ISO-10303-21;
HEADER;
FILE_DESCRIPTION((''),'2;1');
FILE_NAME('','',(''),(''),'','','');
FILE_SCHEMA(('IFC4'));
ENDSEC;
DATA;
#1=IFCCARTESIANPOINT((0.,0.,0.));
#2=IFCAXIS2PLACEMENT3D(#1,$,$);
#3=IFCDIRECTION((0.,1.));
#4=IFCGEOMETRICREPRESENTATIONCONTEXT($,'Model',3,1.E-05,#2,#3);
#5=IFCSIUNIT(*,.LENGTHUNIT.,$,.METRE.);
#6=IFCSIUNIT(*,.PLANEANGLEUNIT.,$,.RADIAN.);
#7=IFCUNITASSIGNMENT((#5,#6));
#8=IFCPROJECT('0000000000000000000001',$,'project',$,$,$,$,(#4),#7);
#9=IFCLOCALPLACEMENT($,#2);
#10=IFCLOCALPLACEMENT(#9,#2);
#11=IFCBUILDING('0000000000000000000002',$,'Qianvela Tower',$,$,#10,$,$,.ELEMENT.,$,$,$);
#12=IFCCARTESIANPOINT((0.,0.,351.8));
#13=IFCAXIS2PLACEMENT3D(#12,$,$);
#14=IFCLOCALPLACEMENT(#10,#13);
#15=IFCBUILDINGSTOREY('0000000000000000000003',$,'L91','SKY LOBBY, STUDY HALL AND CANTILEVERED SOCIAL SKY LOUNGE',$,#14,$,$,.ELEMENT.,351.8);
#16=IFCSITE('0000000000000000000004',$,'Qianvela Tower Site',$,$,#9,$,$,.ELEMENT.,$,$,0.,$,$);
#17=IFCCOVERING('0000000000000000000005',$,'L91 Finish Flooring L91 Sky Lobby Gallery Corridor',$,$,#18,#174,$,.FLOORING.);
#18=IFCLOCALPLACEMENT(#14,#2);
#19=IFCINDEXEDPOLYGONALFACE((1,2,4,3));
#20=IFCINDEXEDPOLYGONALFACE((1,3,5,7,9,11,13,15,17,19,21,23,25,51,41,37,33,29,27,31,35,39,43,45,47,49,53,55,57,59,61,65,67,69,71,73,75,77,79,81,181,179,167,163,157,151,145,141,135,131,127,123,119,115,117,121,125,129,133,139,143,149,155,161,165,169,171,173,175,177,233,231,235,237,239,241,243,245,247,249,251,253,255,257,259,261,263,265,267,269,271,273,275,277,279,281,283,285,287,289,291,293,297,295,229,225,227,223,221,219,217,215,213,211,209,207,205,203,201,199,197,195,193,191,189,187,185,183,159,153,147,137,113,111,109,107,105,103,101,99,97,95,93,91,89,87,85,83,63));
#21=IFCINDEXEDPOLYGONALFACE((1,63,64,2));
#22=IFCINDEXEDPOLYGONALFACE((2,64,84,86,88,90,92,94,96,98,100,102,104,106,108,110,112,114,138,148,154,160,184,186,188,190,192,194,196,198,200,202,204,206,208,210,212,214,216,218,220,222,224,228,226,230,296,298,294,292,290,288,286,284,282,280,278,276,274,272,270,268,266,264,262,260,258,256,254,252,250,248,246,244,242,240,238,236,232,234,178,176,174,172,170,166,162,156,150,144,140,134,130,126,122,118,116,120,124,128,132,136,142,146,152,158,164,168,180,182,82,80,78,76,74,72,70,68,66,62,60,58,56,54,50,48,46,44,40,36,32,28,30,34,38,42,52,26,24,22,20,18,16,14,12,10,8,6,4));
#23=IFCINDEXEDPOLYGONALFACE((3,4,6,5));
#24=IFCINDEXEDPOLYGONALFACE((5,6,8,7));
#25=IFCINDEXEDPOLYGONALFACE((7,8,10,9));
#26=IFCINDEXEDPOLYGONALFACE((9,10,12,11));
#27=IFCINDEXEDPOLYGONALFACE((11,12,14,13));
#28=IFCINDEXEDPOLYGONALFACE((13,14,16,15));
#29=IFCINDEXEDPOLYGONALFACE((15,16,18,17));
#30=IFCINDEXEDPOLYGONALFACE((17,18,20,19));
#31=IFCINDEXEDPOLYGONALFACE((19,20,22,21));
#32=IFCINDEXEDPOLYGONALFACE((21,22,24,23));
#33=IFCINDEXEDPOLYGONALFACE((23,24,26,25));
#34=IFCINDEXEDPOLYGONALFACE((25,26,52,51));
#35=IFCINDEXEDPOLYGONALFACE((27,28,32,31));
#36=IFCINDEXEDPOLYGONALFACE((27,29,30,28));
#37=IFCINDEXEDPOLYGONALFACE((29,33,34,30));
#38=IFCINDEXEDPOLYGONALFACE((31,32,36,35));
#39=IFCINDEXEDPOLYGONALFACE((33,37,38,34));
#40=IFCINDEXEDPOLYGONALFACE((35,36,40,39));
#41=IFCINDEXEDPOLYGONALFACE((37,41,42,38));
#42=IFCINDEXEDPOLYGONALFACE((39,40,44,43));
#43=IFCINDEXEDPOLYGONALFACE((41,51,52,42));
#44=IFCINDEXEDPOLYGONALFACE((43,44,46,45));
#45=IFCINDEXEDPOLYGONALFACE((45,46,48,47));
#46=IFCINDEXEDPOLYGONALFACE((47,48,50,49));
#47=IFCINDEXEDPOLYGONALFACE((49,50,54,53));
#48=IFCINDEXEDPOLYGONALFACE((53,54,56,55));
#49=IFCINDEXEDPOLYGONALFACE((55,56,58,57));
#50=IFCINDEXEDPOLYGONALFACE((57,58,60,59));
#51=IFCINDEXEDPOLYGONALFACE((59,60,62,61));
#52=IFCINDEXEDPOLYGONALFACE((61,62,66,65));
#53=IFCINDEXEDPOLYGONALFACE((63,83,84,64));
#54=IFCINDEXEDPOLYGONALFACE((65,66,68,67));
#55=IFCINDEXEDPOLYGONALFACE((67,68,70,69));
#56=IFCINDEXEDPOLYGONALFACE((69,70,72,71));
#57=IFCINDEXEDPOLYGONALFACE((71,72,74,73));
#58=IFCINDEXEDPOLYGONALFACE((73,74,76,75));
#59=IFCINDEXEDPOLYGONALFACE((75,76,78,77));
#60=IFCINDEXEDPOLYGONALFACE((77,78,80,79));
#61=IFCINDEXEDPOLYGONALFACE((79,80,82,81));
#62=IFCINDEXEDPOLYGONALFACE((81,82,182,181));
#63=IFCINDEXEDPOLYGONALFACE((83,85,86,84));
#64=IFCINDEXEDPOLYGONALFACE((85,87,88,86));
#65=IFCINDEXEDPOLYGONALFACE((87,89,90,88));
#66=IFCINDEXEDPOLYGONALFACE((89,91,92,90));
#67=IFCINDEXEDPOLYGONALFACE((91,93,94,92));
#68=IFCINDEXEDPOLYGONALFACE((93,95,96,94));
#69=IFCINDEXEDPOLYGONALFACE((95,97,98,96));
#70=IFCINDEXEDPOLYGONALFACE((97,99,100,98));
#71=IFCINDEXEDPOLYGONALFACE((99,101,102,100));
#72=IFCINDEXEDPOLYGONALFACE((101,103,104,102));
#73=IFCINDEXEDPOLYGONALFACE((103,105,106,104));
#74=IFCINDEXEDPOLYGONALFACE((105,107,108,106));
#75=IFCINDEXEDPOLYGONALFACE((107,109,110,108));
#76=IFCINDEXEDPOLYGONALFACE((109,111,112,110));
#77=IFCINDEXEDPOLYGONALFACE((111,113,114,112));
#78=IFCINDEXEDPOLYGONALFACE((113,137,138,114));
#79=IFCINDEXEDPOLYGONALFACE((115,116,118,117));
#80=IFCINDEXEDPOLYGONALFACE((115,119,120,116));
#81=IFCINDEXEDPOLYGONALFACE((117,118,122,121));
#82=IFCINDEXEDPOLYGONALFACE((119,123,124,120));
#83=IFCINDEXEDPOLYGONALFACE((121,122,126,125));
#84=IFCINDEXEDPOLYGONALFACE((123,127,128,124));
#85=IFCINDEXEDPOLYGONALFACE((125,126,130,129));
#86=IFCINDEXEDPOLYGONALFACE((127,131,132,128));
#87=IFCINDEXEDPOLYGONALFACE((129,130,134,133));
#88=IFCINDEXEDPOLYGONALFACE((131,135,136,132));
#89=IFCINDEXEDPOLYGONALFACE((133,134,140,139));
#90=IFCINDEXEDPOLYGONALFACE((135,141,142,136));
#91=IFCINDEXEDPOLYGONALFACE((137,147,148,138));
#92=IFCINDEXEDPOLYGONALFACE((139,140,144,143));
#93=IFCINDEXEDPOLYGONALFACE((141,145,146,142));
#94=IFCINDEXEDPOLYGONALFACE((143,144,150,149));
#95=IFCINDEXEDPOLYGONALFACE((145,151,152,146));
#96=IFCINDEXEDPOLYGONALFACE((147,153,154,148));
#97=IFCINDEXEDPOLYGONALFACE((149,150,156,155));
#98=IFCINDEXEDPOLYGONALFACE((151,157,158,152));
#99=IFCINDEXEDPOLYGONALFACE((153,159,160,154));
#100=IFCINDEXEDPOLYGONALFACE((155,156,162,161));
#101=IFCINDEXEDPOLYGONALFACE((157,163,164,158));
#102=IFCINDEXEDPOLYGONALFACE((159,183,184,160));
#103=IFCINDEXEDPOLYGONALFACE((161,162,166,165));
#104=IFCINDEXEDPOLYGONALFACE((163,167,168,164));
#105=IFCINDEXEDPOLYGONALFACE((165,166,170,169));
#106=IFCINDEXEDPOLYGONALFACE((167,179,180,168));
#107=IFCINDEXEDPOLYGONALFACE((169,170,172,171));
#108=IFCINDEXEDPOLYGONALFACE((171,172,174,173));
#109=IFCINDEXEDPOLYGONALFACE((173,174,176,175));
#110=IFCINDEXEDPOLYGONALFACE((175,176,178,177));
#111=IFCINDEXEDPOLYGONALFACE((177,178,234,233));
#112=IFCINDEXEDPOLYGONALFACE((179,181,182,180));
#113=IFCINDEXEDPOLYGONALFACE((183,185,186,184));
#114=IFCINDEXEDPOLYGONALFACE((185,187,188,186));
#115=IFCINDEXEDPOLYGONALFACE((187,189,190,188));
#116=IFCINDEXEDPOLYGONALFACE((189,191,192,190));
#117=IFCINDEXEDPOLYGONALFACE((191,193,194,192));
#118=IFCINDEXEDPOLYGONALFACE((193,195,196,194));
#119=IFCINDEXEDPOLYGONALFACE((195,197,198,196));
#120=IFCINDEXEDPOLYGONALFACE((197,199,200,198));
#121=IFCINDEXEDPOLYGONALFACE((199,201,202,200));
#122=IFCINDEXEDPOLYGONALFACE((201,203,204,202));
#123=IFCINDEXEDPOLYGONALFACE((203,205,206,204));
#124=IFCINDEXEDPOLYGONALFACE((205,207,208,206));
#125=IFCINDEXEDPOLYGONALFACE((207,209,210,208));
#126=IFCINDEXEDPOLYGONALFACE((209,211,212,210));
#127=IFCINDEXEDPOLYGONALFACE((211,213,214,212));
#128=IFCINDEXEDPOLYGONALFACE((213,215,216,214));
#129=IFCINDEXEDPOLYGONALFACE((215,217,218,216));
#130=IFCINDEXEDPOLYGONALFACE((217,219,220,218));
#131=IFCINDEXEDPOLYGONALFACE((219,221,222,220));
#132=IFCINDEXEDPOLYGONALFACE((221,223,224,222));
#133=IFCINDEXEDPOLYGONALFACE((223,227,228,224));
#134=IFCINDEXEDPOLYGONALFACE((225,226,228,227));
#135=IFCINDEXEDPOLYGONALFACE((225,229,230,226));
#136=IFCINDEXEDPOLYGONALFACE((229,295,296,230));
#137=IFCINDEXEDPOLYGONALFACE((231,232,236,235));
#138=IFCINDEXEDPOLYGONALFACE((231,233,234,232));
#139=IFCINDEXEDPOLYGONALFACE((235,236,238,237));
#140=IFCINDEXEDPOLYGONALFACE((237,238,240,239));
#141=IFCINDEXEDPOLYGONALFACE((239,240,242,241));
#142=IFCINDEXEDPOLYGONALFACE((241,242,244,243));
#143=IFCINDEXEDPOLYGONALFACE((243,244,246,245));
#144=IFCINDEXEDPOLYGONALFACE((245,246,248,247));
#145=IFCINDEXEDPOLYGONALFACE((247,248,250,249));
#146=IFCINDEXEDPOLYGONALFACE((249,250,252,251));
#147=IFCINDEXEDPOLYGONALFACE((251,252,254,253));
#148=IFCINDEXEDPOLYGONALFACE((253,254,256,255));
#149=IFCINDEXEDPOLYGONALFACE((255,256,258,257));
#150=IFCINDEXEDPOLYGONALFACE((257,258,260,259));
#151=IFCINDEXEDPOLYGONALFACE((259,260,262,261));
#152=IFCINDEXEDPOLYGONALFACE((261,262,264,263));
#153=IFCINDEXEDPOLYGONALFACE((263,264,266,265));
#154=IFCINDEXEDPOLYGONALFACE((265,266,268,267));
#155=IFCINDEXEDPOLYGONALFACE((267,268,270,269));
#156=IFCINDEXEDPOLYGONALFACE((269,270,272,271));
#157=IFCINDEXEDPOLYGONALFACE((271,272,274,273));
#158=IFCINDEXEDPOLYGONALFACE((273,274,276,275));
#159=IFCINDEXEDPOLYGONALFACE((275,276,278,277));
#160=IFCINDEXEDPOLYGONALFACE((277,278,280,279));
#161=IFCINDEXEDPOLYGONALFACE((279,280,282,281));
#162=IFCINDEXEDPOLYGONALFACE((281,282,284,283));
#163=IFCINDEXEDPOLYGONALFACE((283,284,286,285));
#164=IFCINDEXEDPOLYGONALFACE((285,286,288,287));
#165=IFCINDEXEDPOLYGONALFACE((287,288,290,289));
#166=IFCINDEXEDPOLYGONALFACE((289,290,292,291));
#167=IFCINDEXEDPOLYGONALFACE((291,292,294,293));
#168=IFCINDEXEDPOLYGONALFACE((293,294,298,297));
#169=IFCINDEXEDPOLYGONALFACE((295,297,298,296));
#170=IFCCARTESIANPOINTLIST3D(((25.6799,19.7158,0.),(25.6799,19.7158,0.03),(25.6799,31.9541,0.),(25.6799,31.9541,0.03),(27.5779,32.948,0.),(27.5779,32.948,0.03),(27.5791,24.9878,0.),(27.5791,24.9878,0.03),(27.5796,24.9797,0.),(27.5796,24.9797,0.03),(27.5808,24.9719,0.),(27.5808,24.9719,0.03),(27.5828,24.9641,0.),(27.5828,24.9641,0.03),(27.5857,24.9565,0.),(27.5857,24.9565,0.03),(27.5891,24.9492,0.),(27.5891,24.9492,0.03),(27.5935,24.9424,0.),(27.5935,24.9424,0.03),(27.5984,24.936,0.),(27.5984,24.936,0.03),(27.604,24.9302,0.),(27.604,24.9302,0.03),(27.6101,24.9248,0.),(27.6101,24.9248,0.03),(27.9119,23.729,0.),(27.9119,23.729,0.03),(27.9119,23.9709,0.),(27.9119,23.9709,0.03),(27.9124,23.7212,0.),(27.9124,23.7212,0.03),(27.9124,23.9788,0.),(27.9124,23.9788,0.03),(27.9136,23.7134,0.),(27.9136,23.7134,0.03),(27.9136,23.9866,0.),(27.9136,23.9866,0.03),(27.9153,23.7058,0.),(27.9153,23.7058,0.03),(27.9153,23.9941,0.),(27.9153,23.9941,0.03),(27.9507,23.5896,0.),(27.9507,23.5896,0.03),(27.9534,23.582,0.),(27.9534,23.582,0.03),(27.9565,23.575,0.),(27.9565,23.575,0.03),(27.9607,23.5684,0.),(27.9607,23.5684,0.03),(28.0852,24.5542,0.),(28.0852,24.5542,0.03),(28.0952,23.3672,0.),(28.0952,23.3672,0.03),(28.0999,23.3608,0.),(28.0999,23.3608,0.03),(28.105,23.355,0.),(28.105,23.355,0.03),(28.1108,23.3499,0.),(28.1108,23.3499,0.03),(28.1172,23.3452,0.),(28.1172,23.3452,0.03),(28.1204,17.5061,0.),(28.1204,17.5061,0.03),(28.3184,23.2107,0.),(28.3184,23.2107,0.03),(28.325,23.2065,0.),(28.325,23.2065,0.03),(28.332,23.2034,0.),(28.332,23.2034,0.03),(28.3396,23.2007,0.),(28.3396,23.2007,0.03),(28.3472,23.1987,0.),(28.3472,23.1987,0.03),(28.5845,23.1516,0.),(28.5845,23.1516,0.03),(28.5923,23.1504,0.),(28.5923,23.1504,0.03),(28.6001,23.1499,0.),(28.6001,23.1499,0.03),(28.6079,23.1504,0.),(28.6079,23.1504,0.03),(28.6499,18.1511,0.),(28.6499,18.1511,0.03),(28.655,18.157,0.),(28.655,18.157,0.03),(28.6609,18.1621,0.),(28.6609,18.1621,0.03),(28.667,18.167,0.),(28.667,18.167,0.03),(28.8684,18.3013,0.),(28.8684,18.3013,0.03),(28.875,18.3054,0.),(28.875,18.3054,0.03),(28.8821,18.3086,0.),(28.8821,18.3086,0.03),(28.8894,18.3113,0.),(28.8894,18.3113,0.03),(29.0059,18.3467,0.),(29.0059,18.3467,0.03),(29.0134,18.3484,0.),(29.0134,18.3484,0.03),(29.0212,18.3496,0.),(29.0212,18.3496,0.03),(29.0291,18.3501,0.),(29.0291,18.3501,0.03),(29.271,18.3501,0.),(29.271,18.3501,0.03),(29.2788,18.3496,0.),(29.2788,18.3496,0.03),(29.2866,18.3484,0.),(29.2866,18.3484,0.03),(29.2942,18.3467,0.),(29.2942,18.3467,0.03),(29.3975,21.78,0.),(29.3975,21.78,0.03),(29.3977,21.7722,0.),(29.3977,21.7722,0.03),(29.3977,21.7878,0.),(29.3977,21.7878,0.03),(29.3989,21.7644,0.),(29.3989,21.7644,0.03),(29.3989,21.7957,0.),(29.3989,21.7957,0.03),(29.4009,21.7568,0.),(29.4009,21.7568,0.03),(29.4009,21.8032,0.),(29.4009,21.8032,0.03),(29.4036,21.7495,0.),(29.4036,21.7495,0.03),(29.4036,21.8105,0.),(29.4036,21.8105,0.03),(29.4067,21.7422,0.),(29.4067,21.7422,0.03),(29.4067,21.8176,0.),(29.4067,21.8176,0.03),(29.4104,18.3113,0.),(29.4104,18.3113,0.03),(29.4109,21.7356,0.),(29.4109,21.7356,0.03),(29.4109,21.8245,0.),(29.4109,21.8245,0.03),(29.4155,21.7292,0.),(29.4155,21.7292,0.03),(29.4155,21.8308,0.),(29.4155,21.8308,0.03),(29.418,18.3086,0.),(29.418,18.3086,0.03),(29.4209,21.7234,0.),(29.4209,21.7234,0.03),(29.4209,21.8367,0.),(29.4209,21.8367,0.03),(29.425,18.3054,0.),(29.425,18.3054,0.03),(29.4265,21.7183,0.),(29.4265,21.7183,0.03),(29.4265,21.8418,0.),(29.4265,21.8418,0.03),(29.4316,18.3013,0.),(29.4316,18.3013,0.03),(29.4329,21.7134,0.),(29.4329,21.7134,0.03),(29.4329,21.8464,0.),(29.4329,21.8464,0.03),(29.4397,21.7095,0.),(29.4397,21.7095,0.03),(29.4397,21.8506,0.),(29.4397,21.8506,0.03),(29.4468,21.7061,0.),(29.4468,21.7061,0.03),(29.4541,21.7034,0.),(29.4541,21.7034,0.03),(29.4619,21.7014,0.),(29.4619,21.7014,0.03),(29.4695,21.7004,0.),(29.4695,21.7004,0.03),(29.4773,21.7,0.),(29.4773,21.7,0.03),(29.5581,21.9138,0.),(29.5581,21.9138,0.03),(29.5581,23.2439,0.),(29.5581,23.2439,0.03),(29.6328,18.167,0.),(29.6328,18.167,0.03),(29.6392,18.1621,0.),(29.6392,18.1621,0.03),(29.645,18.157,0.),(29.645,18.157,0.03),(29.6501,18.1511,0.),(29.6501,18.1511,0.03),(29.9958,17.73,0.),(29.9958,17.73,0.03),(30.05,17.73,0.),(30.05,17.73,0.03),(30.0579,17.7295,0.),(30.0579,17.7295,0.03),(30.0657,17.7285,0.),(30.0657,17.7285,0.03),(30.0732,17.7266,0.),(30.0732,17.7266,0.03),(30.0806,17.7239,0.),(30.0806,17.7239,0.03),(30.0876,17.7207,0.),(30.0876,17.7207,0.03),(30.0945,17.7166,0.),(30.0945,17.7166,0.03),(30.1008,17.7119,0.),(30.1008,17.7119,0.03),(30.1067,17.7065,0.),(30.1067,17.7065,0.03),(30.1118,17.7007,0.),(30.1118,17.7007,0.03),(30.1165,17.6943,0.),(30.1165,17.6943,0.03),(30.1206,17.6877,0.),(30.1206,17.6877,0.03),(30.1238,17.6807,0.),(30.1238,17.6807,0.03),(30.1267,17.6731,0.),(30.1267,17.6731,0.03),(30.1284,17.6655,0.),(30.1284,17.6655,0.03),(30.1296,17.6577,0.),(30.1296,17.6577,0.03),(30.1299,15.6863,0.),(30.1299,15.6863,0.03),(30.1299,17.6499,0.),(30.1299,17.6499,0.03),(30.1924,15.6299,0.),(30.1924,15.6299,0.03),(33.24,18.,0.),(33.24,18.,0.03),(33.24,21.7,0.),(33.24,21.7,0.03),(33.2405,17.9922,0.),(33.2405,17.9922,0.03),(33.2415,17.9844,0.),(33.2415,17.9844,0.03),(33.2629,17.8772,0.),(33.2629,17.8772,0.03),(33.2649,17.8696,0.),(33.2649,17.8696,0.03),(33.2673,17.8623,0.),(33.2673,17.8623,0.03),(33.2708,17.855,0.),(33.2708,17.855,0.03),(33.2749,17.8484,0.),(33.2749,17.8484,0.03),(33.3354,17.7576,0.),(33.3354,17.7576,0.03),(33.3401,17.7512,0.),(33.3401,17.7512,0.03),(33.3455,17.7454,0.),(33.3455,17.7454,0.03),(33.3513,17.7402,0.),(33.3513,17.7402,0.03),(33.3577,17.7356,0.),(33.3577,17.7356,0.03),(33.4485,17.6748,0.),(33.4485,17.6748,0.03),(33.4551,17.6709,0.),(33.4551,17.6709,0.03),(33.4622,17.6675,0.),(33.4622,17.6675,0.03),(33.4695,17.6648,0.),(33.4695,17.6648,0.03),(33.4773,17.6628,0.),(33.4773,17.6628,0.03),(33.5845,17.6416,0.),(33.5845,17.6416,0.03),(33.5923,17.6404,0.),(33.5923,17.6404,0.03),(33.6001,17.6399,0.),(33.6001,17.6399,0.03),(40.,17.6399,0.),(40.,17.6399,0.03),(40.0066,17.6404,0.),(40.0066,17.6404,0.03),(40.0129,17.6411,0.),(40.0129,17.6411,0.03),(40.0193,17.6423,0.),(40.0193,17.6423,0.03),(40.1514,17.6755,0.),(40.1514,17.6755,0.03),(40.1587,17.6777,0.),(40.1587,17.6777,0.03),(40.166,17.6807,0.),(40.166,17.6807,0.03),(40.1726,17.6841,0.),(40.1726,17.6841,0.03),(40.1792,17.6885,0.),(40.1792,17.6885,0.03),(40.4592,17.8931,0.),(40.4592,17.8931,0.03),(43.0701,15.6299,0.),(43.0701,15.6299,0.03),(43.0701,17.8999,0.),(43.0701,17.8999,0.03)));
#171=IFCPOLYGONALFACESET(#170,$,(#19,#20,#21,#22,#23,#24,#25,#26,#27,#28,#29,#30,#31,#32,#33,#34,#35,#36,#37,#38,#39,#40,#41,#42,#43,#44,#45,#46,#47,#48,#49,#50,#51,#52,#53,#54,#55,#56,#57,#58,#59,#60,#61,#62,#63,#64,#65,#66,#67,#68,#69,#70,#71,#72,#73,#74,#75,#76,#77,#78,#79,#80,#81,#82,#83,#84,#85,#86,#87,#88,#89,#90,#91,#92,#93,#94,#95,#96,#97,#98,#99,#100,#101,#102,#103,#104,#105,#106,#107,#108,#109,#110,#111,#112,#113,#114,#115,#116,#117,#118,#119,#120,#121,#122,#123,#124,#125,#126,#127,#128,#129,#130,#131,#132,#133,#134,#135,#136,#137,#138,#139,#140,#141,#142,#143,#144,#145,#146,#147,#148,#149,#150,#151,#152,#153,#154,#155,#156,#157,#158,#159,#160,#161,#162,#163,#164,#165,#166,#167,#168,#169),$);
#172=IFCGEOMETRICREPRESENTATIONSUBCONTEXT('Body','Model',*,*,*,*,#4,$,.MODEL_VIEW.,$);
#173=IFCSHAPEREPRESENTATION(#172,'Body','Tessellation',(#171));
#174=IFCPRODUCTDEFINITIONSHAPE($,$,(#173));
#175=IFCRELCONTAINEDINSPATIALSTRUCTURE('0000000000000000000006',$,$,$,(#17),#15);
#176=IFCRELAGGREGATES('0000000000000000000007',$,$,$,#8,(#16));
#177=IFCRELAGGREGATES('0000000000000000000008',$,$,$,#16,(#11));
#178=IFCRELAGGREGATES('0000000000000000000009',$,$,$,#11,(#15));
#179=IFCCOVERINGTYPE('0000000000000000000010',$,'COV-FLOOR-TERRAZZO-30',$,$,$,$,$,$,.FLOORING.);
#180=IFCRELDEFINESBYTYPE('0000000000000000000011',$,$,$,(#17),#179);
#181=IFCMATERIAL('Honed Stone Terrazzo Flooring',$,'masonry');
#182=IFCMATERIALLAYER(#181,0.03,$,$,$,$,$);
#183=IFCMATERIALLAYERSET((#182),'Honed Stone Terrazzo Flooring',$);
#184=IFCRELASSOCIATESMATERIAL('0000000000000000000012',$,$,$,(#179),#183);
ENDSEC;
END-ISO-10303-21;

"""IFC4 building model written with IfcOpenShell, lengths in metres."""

from ifc_helpers import new_model, si_unit, direction, frame, origin, place, context, subcontext, project, spatial, polyline, outline, extrude, material, layer, layer_set, type_object, element, save


model = new_model("IFC4")

# Units and contexts
model_context = context("Model", 3, precision=1e-05, world=origin(), true_north=direction((0.0, 1.0)))
body_context = subcontext(model_context, "Body", "Model", "MODEL_VIEW")
ifc_project = project(units=[si_unit("LENGTHUNIT", "METRE"), si_unit("PLANEANGLEUNIT", "RADIAN")], contexts=[model_context])

# Site, building, storey
site_placement = place(None, origin())
site = spatial("IfcSite", under=ifc_project, at=site_placement, Name="Qianvela Tower Site", CompositionType="ELEMENT", RefElevation=0.0)
building_placement = place(site_placement, origin())
building = spatial("IfcBuilding", under=site, at=building_placement, Name="Qianvela Tower", CompositionType="ELEMENT")
storey_placement = place(building_placement, frame((0.0, 0.0, 351.8)))
storey = spatial("IfcBuildingStorey", under=building, at=storey_placement, Name="L91", Description="SKY LOBBY, STUDY HALL AND CANTILEVERED SOCIAL SKY LOUNGE", CompositionType="ELEMENT", Elevation=351.8)

# Covering
ifc_material_1 = material(Name="Honed Stone Terrazzo Flooring", Category="masonry")
ifc_layer_1 = layer(ifc_material_1, 0.03)
ifc_layer_set_1 = layer_set([ifc_layer_1], Name="Honed Stone Terrazzo Flooring")
covering_type_1 = type_object("IfcCoveringType", Name="COV-FLOOR-TERRAZZO-30", PredefinedType="FLOORING", material=ifc_layer_set_1)
covering_1_placement = place(storey_placement, origin())
element("IfcCovering", 1, at=covering_1_placement, inside=storey, type_object=covering_type_1, Name="L91 Finish Flooring L91 Sky Lobby Gallery Corridor", PredefinedType="FLOORING", context=body_context, shape_type="SweptSolid", body=[
    extrude(outline(polyline([(25.6799, 19.7158), (25.6799, 31.9541), (27.5779, 32.948), (27.5791, 24.9878), (27.5796, 24.9797), (27.5808, 24.9719), (27.5828, 24.9641), (27.5857, 24.9565), (27.5891, 24.9492), (27.5935, 24.9424), (27.5984, 24.936), (27.604, 24.9302), (27.6101, 24.9248), (28.0852, 24.5542), (27.9153, 23.9941), (27.9136, 23.9866), (27.9124, 23.9788), (27.9119, 23.9709), (27.9119, 23.729), (27.9124, 23.7212), (27.9136, 23.7134), (27.9153, 23.7058), (27.9507, 23.5896), (27.9534, 23.582), (27.9565, 23.575), (27.9607, 23.5684), (28.0952, 23.3672), (28.0999, 23.3608), (28.105, 23.355), (28.1108, 23.3499), (28.1172, 23.3452), (28.3184, 23.2107), (28.325, 23.2065), (28.332, 23.2034), (28.3396, 23.2007), (28.3472, 23.1987), (28.5845, 23.1516), (28.5923, 23.1504), (28.6001, 23.1499), (28.6079, 23.1504), (29.5581, 23.2439), (29.5581, 21.9138), (29.4397, 21.8506), (29.4329, 21.8464), (29.4265, 21.8418), (29.4209, 21.8367), (29.4155, 21.8308), (29.4109, 21.8245), (29.4067, 21.8176), (29.4036, 21.8105), (29.4009, 21.8032), (29.3989, 21.7957), (29.3977, 21.7878), (29.3975, 21.78), (29.3977, 21.7722), (29.3989, 21.7644), (29.4009, 21.7568), (29.4036, 21.7495), (29.4067, 21.7422), (29.4109, 21.7356), (29.4155, 21.7292), (29.4209, 21.7234), (29.4265, 21.7183), (29.4329, 21.7134), (29.4397, 21.7095), (29.4468, 21.7061), (29.4541, 21.7034), (29.4619, 21.7014), (29.4695, 21.7004), (29.4773, 21.7), (33.24, 21.7), (33.24, 18.0), (33.2405, 17.9922), (33.2415, 17.9844), (33.2629, 17.8772), (33.2649, 17.8696), (33.2673, 17.8623), (33.2708, 17.855), (33.2749, 17.8484), (33.3354, 17.7576), (33.3401, 17.7512), (33.3455, 17.7454), (33.3513, 17.7402), (33.3577, 17.7356), (33.4485, 17.6748), (33.4551, 17.6709), (33.4622, 17.6675), (33.4695, 17.6648), (33.4773, 17.6628), (33.5845, 17.6416), (33.5923, 17.6404), (33.6001, 17.6399), (40.0, 17.6399), (40.0066, 17.6404), (40.0129, 17.6411), (40.0193, 17.6423), (40.1514, 17.6755), (40.1587, 17.6777), (40.166, 17.6807), (40.1726, 17.6841), (40.1792, 17.6885), (40.4592, 17.8931), (43.0701, 17.8999), (43.0701, 15.6299), (30.1924, 15.6299), (30.1299, 15.6863), (30.1299, 17.6499), (30.1296, 17.6577), (30.1284, 17.6655), (30.1267, 17.6731), (30.1238, 17.6807), (30.1206, 17.6877), (30.1165, 17.6943), (30.1118, 17.7007), (30.1067, 17.7065), (30.1008, 17.7119), (30.0945, 17.7166), (30.0876, 17.7207), (30.0806, 17.7239), (30.0732, 17.7266), (30.0657, 17.7285), (30.0579, 17.7295), (30.05, 17.73), (29.9958, 17.73), (29.6501, 18.1511), (29.645, 18.157), (29.6392, 18.1621), (29.6328, 18.167), (29.4316, 18.3013), (29.425, 18.3054), (29.418, 18.3086), (29.4104, 18.3113), (29.2942, 18.3467), (29.2866, 18.3484), (29.2788, 18.3496), (29.271, 18.3501), (29.0291, 18.3501), (29.0212, 18.3496), (29.0134, 18.3484), (29.0059, 18.3467), (28.8894, 18.3113), (28.8821, 18.3086), (28.875, 18.3054), (28.8684, 18.3013), (28.667, 18.167), (28.6609, 18.1621), (28.655, 18.157), (28.6499, 18.1511), (28.1204, 17.5061), (25.6799, 19.7158)])), origin(), (0.0, 0.0, 1.0), 0.03),
])

save(model, "model.ifc")
